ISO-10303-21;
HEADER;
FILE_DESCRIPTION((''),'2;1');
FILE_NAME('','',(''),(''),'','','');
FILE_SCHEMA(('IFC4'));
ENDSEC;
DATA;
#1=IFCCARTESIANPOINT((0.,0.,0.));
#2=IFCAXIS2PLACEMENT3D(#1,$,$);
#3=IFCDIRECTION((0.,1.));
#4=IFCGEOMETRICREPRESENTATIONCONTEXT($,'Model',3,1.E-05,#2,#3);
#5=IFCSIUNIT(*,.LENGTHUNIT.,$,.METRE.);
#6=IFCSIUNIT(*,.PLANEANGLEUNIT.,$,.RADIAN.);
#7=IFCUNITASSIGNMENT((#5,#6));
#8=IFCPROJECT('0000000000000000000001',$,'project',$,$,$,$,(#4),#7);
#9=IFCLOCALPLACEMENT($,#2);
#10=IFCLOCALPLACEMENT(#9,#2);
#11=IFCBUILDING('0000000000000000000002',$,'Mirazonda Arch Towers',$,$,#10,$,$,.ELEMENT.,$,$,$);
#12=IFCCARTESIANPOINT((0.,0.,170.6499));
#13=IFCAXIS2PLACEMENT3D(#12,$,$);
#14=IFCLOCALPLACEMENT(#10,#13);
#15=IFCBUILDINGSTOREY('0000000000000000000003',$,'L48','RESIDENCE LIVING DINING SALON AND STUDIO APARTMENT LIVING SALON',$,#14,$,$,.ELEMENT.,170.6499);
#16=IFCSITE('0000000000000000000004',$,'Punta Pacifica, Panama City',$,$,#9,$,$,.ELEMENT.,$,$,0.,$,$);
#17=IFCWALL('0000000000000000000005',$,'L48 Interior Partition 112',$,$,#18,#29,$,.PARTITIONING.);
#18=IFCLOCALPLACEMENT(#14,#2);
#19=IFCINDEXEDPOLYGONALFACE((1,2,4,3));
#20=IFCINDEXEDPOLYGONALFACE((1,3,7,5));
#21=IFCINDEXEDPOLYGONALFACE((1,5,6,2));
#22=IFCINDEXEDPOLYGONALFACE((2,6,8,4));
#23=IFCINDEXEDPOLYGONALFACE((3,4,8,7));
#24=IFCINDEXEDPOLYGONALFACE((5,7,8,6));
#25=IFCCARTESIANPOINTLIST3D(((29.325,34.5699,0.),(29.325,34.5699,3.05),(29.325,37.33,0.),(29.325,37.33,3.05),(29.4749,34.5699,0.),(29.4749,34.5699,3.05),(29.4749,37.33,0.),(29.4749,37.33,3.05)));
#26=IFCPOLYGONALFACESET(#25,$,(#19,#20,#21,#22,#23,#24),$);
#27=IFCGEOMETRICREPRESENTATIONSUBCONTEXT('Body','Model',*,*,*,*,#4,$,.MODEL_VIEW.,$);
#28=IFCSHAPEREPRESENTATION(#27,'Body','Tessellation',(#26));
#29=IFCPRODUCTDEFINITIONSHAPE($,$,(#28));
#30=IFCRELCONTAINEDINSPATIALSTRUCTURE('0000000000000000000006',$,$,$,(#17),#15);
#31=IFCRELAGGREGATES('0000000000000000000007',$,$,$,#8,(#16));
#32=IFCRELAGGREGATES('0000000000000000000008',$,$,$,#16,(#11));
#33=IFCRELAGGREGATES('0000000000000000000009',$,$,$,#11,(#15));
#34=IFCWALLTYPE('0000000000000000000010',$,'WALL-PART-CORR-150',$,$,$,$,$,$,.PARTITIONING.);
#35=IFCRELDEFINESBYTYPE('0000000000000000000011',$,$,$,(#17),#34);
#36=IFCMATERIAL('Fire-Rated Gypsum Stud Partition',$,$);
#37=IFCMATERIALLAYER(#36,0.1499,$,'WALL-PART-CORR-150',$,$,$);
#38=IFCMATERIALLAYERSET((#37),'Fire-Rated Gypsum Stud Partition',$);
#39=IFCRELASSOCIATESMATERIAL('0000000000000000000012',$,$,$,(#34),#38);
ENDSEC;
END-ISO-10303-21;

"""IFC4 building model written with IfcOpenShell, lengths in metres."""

from ifc_helpers import new_model, si_unit, direction, frame, frame_2d, origin, place, context, subcontext, project, spatial, rectangle, extrude, material, layer, layer_set, type_object, element, save


model = new_model("IFC4")

# Units and contexts
model_context = context("Model", 3, precision=1e-05, world=origin(), true_north=direction((0.0, 1.0)))
body_context = subcontext(model_context, "Body", "Model", "MODEL_VIEW")
ifc_project = project(units=[si_unit("LENGTHUNIT", "METRE"), si_unit("PLANEANGLEUNIT", "RADIAN")], contexts=[model_context])

# Site, building, storey
site_placement = place(None, origin())
site = spatial("IfcSite", under=ifc_project, at=site_placement, Name="Punta Pacifica, Panama City", CompositionType="ELEMENT", RefElevation=0.0)
building_placement = place(site_placement, origin())
building = spatial("IfcBuilding", under=site, at=building_placement, Name="Mirazonda Arch Towers", CompositionType="ELEMENT")
storey_placement = place(building_placement, frame((0.0, 0.0, 170.6499)))
storey = spatial("IfcBuildingStorey", under=building, at=storey_placement, Name="L48", Description="RESIDENCE LIVING DINING SALON AND STUDIO APARTMENT LIVING SALON", CompositionType="ELEMENT", Elevation=170.6499)

# Wall
ifc_material_1 = material(Name="Fire-Rated Gypsum Stud Partition")
ifc_layer_1 = layer(ifc_material_1, 0.1499, Name="WALL-PART-CORR-150")
ifc_layer_set_1 = layer_set([ifc_layer_1], Name="Fire-Rated Gypsum Stud Partition")
wall_type_1 = type_object("IfcWallType", Name="WALL-PART-CORR-150", PredefinedType="PARTITIONING", material=ifc_layer_set_1)
for number, where, z_axis, x_axis, name in (
    (1, (29.3999, 34.5701, 0.0), (0.0, 0.0, 1.0), (0.0, 1.0, 0.0), "L48 Interior Partition 112"),
):
    element("IfcWall", number, at=place(storey_placement, frame(where, z_axis=z_axis, x_axis=x_axis)), inside=storey, type_object=wall_type_1, Name=name, PredefinedType="PARTITIONING", context=body_context, shape_type="SweptSolid", body=[
        extrude(rectangle(XDim=2.76, YDim=0.1499, at=frame_2d((1.3799, 0.0))), origin(), (0.0, 0.0, 1.0), 3.05),
    ])

save(model, "model.ifc")
